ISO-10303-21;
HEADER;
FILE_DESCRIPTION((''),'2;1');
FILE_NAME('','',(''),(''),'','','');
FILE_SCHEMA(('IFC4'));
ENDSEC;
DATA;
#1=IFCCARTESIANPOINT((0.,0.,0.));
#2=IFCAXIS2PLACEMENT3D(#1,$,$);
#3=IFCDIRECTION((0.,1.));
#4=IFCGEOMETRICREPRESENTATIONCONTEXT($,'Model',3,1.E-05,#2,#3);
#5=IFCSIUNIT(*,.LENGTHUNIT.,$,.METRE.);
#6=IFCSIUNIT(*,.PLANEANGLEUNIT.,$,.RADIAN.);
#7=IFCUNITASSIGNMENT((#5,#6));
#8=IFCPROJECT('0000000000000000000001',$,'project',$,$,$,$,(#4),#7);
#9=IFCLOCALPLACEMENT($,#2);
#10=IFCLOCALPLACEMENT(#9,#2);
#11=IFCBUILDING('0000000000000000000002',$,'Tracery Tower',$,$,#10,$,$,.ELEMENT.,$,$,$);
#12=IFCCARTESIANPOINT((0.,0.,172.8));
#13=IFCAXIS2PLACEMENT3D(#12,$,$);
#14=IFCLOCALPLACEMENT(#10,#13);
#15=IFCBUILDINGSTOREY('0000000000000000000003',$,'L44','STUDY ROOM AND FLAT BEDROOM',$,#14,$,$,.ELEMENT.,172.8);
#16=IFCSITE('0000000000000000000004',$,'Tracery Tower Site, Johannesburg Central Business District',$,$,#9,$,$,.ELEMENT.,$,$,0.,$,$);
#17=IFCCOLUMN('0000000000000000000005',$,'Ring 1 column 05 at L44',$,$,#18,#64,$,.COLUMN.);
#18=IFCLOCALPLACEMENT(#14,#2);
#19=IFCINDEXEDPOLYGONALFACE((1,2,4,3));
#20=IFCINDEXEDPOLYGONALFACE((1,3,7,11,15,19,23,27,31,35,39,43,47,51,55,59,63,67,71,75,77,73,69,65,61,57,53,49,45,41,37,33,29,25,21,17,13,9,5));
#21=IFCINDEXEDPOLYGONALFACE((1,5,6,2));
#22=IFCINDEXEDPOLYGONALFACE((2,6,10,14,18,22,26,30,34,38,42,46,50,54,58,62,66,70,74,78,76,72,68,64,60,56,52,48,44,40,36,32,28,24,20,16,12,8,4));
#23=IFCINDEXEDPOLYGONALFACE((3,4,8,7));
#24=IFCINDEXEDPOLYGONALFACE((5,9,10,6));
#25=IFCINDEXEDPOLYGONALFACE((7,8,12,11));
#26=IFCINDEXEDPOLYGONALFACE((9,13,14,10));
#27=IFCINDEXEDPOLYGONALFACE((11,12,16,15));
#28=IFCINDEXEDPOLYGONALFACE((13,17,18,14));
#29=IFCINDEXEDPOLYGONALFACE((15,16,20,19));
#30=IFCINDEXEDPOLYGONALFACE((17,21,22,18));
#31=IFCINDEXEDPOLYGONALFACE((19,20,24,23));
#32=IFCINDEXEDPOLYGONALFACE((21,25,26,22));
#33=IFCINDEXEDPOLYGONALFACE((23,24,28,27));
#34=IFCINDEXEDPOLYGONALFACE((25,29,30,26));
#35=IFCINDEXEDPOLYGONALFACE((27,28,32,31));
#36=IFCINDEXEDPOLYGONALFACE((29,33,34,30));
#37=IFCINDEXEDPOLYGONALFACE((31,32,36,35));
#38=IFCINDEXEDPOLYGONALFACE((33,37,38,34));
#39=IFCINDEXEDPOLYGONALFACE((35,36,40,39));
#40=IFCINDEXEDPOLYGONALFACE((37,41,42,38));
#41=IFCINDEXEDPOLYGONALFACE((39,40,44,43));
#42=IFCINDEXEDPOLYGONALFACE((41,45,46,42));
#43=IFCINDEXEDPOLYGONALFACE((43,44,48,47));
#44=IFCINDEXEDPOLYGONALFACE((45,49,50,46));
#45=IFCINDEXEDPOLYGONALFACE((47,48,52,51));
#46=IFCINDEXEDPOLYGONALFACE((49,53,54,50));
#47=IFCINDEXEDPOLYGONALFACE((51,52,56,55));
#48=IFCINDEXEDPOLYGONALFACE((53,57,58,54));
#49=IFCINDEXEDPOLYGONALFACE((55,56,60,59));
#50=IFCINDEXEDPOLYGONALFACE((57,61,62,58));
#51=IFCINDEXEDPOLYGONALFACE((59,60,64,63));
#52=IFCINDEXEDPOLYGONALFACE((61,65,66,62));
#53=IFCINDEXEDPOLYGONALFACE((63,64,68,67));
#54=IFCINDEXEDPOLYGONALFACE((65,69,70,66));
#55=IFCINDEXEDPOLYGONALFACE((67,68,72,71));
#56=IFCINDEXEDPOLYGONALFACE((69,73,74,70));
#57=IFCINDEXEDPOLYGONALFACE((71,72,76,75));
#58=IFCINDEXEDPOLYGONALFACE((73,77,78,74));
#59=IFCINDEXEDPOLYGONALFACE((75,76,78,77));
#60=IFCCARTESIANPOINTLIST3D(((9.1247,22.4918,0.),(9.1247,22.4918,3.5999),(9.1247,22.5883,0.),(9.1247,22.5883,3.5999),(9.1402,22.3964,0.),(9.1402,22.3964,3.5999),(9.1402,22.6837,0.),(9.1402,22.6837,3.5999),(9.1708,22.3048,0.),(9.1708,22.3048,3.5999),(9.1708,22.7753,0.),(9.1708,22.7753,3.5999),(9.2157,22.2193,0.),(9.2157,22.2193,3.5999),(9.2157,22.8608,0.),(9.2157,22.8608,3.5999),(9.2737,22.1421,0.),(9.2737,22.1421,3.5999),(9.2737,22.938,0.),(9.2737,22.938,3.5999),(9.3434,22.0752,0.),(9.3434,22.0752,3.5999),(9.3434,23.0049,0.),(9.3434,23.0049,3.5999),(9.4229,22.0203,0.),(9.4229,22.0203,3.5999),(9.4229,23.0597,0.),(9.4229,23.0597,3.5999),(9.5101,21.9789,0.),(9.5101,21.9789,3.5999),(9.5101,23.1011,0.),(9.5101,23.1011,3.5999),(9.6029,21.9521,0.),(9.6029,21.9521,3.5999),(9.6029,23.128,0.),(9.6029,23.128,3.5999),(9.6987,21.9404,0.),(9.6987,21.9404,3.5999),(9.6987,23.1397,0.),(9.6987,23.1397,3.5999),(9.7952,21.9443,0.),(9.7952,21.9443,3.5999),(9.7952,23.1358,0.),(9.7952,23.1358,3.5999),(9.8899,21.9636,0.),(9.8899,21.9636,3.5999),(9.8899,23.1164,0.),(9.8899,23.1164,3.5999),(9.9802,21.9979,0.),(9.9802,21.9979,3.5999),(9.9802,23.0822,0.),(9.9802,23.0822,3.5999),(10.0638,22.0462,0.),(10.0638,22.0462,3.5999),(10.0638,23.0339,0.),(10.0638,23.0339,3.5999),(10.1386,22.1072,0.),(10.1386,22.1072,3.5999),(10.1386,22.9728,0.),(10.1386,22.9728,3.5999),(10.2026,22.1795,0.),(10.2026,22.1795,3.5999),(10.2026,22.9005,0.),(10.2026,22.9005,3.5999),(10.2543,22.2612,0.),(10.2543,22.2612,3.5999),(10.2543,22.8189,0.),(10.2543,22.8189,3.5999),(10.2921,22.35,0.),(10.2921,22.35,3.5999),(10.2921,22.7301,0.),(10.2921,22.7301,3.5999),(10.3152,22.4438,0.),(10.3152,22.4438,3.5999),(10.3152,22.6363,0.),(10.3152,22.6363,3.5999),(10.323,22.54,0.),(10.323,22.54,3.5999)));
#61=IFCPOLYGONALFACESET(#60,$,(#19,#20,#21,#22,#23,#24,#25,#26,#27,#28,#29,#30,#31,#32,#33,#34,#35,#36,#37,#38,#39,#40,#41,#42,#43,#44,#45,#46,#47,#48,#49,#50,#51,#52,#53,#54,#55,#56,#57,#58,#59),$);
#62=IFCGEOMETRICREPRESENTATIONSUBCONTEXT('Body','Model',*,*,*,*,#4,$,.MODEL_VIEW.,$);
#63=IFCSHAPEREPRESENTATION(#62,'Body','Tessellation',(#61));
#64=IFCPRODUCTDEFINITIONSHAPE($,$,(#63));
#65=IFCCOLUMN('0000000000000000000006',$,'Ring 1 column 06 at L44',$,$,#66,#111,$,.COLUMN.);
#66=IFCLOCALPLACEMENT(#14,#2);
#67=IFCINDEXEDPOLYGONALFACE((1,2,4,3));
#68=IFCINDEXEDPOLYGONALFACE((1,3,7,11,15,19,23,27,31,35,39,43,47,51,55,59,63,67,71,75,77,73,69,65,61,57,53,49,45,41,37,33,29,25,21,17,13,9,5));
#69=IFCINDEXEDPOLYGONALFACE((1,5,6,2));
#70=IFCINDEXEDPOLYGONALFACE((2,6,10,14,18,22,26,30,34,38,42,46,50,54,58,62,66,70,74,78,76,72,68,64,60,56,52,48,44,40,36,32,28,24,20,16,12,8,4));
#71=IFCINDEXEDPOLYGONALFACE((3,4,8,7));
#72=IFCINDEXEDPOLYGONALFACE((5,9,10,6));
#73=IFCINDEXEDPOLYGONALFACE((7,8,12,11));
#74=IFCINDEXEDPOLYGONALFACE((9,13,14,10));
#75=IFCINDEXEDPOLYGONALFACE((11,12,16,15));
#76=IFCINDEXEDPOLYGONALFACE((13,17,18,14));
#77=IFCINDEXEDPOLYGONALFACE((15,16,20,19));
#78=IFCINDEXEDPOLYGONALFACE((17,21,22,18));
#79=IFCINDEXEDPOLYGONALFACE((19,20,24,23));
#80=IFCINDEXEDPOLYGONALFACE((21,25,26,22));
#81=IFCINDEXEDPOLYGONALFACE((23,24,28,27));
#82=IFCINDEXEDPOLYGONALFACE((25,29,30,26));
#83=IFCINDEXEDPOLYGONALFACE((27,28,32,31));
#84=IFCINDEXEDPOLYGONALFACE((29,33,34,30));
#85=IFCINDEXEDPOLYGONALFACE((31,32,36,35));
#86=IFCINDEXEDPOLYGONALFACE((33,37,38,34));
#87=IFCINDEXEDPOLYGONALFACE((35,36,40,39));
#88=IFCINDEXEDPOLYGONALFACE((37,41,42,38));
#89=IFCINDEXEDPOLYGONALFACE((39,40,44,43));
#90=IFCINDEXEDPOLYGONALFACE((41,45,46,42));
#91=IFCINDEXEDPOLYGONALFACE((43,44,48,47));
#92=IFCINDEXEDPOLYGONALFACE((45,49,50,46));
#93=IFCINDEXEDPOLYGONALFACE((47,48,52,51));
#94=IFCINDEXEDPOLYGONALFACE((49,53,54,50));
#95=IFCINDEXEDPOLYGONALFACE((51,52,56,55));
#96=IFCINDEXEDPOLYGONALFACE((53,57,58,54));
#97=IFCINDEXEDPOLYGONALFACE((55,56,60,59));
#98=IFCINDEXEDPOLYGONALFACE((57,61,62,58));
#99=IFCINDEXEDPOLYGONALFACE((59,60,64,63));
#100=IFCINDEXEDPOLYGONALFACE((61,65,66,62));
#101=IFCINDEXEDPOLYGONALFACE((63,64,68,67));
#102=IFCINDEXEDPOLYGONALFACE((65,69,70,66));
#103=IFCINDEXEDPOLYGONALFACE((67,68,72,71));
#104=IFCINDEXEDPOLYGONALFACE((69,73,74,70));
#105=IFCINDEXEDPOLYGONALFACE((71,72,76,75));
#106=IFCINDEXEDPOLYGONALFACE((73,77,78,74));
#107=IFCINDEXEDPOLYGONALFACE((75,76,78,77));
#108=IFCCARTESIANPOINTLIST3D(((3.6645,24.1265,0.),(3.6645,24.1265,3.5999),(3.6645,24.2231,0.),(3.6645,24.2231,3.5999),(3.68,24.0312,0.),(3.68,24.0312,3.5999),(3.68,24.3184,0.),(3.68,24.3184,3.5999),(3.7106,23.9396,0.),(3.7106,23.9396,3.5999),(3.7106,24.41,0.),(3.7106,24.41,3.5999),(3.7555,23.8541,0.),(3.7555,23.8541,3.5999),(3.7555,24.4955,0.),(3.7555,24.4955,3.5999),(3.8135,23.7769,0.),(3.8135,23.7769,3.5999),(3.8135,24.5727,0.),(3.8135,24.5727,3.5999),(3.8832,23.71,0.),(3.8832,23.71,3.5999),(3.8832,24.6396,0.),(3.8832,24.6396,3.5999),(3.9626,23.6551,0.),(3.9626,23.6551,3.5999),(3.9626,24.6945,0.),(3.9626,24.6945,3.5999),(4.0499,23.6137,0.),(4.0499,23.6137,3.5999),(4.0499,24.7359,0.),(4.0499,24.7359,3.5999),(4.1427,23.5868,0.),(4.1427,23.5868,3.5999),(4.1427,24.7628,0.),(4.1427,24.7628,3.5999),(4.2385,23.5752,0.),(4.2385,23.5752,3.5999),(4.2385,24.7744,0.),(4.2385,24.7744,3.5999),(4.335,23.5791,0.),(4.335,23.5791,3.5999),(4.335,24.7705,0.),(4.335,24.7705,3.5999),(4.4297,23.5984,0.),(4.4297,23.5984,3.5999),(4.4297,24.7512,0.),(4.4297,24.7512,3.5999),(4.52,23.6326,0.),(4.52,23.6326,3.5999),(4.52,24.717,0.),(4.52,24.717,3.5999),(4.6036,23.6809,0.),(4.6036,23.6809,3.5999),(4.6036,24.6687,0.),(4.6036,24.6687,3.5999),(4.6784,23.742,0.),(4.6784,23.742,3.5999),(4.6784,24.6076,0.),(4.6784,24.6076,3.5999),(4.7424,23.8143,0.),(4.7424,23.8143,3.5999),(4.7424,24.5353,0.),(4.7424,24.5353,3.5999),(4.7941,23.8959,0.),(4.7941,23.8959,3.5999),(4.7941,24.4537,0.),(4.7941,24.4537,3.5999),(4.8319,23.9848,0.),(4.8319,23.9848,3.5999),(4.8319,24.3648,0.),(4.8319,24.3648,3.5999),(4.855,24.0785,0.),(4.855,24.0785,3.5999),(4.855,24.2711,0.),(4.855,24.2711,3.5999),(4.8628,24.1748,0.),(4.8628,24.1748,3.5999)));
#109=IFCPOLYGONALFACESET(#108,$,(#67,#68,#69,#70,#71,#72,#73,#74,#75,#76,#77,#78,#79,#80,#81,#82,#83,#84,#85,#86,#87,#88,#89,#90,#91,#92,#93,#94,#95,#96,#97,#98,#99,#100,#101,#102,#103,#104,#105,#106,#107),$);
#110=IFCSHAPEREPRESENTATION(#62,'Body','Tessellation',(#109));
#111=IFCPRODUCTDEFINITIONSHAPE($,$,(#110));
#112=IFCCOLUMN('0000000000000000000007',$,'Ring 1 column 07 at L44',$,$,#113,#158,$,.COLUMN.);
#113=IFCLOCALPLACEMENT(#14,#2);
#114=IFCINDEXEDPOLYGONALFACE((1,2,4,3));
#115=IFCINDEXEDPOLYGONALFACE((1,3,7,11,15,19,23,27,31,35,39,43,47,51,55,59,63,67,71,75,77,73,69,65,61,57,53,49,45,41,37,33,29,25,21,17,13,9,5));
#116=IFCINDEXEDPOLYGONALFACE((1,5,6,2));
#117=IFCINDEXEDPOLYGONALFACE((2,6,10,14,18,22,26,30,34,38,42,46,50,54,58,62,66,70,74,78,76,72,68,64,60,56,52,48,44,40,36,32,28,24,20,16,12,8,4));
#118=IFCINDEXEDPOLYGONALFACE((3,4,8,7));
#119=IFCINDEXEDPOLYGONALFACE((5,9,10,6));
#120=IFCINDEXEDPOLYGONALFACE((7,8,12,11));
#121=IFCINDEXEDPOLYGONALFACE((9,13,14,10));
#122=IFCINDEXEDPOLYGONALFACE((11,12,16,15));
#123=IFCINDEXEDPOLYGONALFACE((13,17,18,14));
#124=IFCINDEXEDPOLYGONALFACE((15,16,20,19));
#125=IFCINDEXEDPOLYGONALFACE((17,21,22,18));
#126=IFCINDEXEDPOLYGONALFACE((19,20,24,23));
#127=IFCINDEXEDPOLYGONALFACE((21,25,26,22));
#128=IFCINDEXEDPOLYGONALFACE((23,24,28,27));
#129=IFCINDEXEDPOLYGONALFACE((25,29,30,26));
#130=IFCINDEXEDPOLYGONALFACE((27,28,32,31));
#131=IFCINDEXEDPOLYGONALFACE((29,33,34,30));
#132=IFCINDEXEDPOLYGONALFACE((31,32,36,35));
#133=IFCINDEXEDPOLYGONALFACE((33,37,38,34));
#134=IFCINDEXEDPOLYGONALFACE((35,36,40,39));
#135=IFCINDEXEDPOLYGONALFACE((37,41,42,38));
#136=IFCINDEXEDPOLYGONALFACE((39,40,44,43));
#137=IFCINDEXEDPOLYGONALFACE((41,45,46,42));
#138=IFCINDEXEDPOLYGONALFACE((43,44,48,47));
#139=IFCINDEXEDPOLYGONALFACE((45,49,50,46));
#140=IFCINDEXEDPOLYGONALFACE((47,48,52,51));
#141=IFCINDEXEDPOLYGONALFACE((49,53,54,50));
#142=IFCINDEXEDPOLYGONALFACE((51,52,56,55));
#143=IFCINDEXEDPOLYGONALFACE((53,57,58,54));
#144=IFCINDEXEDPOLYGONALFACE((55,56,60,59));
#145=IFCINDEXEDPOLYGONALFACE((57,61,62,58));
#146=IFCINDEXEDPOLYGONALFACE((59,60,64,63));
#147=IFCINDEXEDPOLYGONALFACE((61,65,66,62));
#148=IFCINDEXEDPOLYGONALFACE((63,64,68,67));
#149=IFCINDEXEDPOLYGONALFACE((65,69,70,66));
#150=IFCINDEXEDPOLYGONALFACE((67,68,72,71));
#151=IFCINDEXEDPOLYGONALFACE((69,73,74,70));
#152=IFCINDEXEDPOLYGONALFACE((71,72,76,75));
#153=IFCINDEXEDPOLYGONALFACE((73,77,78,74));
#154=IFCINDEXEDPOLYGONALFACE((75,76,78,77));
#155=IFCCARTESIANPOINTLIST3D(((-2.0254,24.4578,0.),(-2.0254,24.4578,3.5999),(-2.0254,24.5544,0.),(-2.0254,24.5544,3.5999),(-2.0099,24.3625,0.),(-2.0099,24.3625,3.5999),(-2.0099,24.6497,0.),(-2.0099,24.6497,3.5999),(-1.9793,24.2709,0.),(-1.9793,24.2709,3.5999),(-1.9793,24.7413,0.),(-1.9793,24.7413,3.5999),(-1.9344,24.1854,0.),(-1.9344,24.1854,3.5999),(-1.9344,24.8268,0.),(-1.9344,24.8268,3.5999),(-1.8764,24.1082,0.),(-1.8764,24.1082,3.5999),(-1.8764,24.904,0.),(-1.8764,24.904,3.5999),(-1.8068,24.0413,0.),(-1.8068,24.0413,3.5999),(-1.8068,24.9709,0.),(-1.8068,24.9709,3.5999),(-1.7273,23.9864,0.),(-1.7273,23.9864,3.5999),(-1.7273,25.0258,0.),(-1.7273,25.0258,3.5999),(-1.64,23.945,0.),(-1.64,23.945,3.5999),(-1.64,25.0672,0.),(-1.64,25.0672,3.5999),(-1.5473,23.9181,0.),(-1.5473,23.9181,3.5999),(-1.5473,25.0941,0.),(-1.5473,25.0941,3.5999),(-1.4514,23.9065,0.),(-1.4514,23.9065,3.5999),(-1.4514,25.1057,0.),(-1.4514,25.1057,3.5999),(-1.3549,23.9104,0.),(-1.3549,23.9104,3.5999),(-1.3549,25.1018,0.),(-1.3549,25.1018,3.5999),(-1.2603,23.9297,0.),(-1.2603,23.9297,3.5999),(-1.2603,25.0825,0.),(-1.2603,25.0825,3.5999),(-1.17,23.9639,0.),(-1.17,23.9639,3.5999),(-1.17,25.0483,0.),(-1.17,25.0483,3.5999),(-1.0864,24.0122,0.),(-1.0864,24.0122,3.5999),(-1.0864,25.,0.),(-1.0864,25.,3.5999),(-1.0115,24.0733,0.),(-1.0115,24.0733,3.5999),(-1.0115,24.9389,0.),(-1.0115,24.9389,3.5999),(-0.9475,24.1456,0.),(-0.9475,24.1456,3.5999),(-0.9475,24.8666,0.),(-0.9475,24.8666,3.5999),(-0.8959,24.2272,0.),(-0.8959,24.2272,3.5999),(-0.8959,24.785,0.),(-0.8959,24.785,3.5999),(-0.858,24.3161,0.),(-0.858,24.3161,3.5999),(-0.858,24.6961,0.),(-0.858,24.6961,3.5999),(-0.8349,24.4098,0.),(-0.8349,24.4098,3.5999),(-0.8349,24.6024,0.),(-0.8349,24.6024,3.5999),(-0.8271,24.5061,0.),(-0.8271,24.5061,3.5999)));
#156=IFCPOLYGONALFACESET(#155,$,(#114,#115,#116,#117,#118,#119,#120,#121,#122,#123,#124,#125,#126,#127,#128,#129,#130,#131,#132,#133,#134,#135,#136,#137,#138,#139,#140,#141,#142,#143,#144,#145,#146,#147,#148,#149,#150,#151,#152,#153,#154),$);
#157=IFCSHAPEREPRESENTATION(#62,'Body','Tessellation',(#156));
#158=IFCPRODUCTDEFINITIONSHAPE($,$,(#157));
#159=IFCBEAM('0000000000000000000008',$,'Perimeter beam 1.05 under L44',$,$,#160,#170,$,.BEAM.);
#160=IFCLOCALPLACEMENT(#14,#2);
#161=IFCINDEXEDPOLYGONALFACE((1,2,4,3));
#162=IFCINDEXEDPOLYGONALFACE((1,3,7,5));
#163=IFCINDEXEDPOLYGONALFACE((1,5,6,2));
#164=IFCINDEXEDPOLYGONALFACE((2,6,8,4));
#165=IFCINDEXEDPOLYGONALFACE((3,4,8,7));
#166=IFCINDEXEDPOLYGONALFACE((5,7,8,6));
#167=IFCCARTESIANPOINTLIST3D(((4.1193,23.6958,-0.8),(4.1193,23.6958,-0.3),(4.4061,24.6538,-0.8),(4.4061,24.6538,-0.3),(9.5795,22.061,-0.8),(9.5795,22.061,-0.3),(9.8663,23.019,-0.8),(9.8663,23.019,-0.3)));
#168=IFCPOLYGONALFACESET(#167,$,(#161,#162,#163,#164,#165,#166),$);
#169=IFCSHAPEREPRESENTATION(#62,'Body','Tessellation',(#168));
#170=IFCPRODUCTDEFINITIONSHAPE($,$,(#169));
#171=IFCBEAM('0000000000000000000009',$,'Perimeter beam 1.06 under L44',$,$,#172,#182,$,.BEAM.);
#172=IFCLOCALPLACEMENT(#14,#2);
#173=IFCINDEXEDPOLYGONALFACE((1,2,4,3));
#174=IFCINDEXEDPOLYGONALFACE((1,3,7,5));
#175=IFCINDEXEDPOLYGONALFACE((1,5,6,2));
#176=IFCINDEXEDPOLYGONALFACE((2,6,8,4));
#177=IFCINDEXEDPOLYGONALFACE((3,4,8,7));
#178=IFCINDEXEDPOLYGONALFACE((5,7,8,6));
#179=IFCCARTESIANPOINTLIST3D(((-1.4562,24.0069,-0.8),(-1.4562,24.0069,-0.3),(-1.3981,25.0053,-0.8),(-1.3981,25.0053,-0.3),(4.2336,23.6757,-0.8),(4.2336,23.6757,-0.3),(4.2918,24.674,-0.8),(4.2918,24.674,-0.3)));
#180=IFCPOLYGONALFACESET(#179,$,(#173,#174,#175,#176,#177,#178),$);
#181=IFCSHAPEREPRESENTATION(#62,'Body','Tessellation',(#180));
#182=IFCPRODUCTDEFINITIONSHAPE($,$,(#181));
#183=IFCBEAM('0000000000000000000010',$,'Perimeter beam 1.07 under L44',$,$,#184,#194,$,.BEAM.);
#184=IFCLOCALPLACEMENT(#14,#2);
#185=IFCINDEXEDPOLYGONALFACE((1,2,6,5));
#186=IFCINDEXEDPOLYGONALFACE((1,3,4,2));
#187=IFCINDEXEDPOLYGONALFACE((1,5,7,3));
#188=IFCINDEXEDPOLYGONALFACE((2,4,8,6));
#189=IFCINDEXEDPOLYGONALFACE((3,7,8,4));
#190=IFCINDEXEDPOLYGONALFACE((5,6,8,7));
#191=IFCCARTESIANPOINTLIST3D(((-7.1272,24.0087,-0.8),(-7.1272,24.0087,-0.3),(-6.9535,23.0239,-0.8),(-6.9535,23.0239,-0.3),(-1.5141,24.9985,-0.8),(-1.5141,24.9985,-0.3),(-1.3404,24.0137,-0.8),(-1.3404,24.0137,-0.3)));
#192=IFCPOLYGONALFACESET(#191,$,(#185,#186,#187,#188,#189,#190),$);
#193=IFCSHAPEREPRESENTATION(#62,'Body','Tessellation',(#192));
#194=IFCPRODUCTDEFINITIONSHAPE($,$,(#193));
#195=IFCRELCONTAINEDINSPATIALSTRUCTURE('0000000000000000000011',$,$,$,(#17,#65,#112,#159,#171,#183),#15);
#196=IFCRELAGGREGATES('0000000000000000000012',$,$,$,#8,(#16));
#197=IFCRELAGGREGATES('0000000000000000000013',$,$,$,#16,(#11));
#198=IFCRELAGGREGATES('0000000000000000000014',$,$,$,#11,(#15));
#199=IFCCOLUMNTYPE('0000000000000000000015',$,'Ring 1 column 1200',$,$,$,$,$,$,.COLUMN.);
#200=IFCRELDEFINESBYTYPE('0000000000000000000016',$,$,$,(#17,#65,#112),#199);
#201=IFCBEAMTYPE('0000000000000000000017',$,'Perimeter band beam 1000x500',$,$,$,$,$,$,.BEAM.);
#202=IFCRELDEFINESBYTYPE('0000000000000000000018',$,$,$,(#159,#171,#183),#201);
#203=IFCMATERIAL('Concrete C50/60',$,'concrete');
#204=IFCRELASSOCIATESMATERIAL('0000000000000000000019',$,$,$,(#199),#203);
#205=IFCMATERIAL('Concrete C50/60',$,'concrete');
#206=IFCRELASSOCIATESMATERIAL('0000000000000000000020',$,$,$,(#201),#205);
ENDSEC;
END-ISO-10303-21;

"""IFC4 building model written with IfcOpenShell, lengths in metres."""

from ifc_helpers import new_model, si_unit, direction, frame, origin, origin_2d, place, context, subcontext, project, spatial, rectangle, circle, extrude, material, material_profile, profile_set, type_object, element, save


model = new_model("IFC4")

# Units and contexts
model_context = context("Model", 3, precision=1e-05, world=origin(), true_north=direction((0.0, 1.0)))
body_context = subcontext(model_context, "Body", "Model", "MODEL_VIEW")
ifc_project = project(units=[si_unit("LENGTHUNIT", "METRE"), si_unit("PLANEANGLEUNIT", "RADIAN")], contexts=[model_context])

# Site, building, storey
site_placement = place(None, origin())
site = spatial("IfcSite", under=ifc_project, at=site_placement, Name="Tracery Tower Site, Johannesburg Central Business District", CompositionType="ELEMENT", RefElevation=0.0)
building_placement = place(site_placement, origin())
building = spatial("IfcBuilding", under=site, at=building_placement, Name="Tracery Tower", CompositionType="ELEMENT")
storey_placement = place(building_placement, frame((0.0, 0.0, 172.8)))
storey = spatial("IfcBuildingStorey", under=building, at=storey_placement, Name="L44", Description="STUDY ROOM AND FLAT BEDROOM", CompositionType="ELEMENT", Elevation=172.8)

# Columns
ifc_material_1 = material(Name="Concrete C50/60", Category="concrete")
ifc_material_profile_1 = material_profile(ifc_material_1, circle(Radius=0.6001, at=origin_2d()), Name="RC D1200")
ifc_profile_set_1 = profile_set([ifc_material_profile_1], Name="Concrete C50/60")
column_type = type_object("IfcColumnType", Name="Ring 1 column 1200", PredefinedType="COLUMN", material=ifc_profile_set_1)
for number, where, z_axis, x_axis, name in (
    (1, (9.7229, 22.54, 0.0), (0.0, 0.0, 1.0), (1.0, 0.0, 0.0), "Ring 1 column 05 at L44"),
    (2, (4.2627, 24.1748, 0.0), (0.0, 0.0, 1.0), (1.0, 0.0, 0.0), "Ring 1 column 06 at L44"),
    (3, (-1.4272, 24.5061, 0.0), (0.0, 0.0, 1.0), (1.0, 0.0, 0.0), "Ring 1 column 07 at L44"),
):
    element("IfcColumn", number, at=place(storey_placement, frame(where, z_axis=z_axis, x_axis=x_axis)), inside=storey, type_object=column_type, Name=name, PredefinedType="COLUMN", context=body_context, shape_type="SweptSolid", body=[
        extrude(circle(Radius=0.6001, at=origin_2d()), origin(), (0.0, 0.0, 1.0), 3.5999),
    ])

# Beams
ifc_material_2 = material(Name="Concrete C50/60", Category="concrete")
ifc_material_profile_2 = material_profile(ifc_material_2, rectangle(XDim=1.0, YDim=0.5, at=origin_2d()), Name="RC 1000x500")
ifc_profile_set_2 = profile_set([ifc_material_profile_2], Name="Concrete C50/60")
beam_type = type_object("IfcBeamType", Name="Perimeter band beam 1000x500", PredefinedType="BEAM", material=ifc_profile_set_2)
beam_1_placement = place(storey_placement, frame((9.7229, 22.54, -0.55), z_axis=(-0.957985, 0.286817, 0.0), x_axis=(-0.286817, -0.957985, 0.0)))
element("IfcBeam", 4, at=beam_1_placement, inside=storey, type_object=beam_type, Name="Perimeter beam 1.05 under L44", PredefinedType="BEAM", context=body_context, shape_type="SweptSolid", body=[
    extrude(rectangle(XDim=1.0, YDim=0.5, at=origin_2d()), origin(), (0.0, 0.0, 1.0), 5.6997),
])
beam_2_placement = place(storey_placement, frame((4.2627, 24.1748, -0.55), z_axis=(-0.998309, 0.058127, 0.0), x_axis=(-0.058127, -0.998309, 0.0)))
element("IfcBeam", 5, at=beam_2_placement, inside=storey, type_object=beam_type, Name="Perimeter beam 1.06 under L44", PredefinedType="BEAM", context=body_context, shape_type="SweptSolid", body=[
    extrude(rectangle(XDim=1.0, YDim=0.5, at=origin_2d()), origin(), (0.0, 0.0, 1.0), 5.6995),
])
beam_3_placement = place(storey_placement, frame((-1.4272, 24.5061, -0.55), z_axis=(-0.984807, -0.173651, 0.0), x_axis=(0.173651, -0.984807, 0.0)))
element("IfcBeam", 6, at=beam_3_placement, inside=storey, type_object=beam_type, Name="Perimeter beam 1.07 under L44", PredefinedType="BEAM", context=body_context, shape_type="SweptSolid", body=[
    extrude(rectangle(XDim=1.0, YDim=0.5, at=origin_2d()), origin(), (0.0, 0.0, 1.0), 5.6997),
])

save(model, "model.ifc")
